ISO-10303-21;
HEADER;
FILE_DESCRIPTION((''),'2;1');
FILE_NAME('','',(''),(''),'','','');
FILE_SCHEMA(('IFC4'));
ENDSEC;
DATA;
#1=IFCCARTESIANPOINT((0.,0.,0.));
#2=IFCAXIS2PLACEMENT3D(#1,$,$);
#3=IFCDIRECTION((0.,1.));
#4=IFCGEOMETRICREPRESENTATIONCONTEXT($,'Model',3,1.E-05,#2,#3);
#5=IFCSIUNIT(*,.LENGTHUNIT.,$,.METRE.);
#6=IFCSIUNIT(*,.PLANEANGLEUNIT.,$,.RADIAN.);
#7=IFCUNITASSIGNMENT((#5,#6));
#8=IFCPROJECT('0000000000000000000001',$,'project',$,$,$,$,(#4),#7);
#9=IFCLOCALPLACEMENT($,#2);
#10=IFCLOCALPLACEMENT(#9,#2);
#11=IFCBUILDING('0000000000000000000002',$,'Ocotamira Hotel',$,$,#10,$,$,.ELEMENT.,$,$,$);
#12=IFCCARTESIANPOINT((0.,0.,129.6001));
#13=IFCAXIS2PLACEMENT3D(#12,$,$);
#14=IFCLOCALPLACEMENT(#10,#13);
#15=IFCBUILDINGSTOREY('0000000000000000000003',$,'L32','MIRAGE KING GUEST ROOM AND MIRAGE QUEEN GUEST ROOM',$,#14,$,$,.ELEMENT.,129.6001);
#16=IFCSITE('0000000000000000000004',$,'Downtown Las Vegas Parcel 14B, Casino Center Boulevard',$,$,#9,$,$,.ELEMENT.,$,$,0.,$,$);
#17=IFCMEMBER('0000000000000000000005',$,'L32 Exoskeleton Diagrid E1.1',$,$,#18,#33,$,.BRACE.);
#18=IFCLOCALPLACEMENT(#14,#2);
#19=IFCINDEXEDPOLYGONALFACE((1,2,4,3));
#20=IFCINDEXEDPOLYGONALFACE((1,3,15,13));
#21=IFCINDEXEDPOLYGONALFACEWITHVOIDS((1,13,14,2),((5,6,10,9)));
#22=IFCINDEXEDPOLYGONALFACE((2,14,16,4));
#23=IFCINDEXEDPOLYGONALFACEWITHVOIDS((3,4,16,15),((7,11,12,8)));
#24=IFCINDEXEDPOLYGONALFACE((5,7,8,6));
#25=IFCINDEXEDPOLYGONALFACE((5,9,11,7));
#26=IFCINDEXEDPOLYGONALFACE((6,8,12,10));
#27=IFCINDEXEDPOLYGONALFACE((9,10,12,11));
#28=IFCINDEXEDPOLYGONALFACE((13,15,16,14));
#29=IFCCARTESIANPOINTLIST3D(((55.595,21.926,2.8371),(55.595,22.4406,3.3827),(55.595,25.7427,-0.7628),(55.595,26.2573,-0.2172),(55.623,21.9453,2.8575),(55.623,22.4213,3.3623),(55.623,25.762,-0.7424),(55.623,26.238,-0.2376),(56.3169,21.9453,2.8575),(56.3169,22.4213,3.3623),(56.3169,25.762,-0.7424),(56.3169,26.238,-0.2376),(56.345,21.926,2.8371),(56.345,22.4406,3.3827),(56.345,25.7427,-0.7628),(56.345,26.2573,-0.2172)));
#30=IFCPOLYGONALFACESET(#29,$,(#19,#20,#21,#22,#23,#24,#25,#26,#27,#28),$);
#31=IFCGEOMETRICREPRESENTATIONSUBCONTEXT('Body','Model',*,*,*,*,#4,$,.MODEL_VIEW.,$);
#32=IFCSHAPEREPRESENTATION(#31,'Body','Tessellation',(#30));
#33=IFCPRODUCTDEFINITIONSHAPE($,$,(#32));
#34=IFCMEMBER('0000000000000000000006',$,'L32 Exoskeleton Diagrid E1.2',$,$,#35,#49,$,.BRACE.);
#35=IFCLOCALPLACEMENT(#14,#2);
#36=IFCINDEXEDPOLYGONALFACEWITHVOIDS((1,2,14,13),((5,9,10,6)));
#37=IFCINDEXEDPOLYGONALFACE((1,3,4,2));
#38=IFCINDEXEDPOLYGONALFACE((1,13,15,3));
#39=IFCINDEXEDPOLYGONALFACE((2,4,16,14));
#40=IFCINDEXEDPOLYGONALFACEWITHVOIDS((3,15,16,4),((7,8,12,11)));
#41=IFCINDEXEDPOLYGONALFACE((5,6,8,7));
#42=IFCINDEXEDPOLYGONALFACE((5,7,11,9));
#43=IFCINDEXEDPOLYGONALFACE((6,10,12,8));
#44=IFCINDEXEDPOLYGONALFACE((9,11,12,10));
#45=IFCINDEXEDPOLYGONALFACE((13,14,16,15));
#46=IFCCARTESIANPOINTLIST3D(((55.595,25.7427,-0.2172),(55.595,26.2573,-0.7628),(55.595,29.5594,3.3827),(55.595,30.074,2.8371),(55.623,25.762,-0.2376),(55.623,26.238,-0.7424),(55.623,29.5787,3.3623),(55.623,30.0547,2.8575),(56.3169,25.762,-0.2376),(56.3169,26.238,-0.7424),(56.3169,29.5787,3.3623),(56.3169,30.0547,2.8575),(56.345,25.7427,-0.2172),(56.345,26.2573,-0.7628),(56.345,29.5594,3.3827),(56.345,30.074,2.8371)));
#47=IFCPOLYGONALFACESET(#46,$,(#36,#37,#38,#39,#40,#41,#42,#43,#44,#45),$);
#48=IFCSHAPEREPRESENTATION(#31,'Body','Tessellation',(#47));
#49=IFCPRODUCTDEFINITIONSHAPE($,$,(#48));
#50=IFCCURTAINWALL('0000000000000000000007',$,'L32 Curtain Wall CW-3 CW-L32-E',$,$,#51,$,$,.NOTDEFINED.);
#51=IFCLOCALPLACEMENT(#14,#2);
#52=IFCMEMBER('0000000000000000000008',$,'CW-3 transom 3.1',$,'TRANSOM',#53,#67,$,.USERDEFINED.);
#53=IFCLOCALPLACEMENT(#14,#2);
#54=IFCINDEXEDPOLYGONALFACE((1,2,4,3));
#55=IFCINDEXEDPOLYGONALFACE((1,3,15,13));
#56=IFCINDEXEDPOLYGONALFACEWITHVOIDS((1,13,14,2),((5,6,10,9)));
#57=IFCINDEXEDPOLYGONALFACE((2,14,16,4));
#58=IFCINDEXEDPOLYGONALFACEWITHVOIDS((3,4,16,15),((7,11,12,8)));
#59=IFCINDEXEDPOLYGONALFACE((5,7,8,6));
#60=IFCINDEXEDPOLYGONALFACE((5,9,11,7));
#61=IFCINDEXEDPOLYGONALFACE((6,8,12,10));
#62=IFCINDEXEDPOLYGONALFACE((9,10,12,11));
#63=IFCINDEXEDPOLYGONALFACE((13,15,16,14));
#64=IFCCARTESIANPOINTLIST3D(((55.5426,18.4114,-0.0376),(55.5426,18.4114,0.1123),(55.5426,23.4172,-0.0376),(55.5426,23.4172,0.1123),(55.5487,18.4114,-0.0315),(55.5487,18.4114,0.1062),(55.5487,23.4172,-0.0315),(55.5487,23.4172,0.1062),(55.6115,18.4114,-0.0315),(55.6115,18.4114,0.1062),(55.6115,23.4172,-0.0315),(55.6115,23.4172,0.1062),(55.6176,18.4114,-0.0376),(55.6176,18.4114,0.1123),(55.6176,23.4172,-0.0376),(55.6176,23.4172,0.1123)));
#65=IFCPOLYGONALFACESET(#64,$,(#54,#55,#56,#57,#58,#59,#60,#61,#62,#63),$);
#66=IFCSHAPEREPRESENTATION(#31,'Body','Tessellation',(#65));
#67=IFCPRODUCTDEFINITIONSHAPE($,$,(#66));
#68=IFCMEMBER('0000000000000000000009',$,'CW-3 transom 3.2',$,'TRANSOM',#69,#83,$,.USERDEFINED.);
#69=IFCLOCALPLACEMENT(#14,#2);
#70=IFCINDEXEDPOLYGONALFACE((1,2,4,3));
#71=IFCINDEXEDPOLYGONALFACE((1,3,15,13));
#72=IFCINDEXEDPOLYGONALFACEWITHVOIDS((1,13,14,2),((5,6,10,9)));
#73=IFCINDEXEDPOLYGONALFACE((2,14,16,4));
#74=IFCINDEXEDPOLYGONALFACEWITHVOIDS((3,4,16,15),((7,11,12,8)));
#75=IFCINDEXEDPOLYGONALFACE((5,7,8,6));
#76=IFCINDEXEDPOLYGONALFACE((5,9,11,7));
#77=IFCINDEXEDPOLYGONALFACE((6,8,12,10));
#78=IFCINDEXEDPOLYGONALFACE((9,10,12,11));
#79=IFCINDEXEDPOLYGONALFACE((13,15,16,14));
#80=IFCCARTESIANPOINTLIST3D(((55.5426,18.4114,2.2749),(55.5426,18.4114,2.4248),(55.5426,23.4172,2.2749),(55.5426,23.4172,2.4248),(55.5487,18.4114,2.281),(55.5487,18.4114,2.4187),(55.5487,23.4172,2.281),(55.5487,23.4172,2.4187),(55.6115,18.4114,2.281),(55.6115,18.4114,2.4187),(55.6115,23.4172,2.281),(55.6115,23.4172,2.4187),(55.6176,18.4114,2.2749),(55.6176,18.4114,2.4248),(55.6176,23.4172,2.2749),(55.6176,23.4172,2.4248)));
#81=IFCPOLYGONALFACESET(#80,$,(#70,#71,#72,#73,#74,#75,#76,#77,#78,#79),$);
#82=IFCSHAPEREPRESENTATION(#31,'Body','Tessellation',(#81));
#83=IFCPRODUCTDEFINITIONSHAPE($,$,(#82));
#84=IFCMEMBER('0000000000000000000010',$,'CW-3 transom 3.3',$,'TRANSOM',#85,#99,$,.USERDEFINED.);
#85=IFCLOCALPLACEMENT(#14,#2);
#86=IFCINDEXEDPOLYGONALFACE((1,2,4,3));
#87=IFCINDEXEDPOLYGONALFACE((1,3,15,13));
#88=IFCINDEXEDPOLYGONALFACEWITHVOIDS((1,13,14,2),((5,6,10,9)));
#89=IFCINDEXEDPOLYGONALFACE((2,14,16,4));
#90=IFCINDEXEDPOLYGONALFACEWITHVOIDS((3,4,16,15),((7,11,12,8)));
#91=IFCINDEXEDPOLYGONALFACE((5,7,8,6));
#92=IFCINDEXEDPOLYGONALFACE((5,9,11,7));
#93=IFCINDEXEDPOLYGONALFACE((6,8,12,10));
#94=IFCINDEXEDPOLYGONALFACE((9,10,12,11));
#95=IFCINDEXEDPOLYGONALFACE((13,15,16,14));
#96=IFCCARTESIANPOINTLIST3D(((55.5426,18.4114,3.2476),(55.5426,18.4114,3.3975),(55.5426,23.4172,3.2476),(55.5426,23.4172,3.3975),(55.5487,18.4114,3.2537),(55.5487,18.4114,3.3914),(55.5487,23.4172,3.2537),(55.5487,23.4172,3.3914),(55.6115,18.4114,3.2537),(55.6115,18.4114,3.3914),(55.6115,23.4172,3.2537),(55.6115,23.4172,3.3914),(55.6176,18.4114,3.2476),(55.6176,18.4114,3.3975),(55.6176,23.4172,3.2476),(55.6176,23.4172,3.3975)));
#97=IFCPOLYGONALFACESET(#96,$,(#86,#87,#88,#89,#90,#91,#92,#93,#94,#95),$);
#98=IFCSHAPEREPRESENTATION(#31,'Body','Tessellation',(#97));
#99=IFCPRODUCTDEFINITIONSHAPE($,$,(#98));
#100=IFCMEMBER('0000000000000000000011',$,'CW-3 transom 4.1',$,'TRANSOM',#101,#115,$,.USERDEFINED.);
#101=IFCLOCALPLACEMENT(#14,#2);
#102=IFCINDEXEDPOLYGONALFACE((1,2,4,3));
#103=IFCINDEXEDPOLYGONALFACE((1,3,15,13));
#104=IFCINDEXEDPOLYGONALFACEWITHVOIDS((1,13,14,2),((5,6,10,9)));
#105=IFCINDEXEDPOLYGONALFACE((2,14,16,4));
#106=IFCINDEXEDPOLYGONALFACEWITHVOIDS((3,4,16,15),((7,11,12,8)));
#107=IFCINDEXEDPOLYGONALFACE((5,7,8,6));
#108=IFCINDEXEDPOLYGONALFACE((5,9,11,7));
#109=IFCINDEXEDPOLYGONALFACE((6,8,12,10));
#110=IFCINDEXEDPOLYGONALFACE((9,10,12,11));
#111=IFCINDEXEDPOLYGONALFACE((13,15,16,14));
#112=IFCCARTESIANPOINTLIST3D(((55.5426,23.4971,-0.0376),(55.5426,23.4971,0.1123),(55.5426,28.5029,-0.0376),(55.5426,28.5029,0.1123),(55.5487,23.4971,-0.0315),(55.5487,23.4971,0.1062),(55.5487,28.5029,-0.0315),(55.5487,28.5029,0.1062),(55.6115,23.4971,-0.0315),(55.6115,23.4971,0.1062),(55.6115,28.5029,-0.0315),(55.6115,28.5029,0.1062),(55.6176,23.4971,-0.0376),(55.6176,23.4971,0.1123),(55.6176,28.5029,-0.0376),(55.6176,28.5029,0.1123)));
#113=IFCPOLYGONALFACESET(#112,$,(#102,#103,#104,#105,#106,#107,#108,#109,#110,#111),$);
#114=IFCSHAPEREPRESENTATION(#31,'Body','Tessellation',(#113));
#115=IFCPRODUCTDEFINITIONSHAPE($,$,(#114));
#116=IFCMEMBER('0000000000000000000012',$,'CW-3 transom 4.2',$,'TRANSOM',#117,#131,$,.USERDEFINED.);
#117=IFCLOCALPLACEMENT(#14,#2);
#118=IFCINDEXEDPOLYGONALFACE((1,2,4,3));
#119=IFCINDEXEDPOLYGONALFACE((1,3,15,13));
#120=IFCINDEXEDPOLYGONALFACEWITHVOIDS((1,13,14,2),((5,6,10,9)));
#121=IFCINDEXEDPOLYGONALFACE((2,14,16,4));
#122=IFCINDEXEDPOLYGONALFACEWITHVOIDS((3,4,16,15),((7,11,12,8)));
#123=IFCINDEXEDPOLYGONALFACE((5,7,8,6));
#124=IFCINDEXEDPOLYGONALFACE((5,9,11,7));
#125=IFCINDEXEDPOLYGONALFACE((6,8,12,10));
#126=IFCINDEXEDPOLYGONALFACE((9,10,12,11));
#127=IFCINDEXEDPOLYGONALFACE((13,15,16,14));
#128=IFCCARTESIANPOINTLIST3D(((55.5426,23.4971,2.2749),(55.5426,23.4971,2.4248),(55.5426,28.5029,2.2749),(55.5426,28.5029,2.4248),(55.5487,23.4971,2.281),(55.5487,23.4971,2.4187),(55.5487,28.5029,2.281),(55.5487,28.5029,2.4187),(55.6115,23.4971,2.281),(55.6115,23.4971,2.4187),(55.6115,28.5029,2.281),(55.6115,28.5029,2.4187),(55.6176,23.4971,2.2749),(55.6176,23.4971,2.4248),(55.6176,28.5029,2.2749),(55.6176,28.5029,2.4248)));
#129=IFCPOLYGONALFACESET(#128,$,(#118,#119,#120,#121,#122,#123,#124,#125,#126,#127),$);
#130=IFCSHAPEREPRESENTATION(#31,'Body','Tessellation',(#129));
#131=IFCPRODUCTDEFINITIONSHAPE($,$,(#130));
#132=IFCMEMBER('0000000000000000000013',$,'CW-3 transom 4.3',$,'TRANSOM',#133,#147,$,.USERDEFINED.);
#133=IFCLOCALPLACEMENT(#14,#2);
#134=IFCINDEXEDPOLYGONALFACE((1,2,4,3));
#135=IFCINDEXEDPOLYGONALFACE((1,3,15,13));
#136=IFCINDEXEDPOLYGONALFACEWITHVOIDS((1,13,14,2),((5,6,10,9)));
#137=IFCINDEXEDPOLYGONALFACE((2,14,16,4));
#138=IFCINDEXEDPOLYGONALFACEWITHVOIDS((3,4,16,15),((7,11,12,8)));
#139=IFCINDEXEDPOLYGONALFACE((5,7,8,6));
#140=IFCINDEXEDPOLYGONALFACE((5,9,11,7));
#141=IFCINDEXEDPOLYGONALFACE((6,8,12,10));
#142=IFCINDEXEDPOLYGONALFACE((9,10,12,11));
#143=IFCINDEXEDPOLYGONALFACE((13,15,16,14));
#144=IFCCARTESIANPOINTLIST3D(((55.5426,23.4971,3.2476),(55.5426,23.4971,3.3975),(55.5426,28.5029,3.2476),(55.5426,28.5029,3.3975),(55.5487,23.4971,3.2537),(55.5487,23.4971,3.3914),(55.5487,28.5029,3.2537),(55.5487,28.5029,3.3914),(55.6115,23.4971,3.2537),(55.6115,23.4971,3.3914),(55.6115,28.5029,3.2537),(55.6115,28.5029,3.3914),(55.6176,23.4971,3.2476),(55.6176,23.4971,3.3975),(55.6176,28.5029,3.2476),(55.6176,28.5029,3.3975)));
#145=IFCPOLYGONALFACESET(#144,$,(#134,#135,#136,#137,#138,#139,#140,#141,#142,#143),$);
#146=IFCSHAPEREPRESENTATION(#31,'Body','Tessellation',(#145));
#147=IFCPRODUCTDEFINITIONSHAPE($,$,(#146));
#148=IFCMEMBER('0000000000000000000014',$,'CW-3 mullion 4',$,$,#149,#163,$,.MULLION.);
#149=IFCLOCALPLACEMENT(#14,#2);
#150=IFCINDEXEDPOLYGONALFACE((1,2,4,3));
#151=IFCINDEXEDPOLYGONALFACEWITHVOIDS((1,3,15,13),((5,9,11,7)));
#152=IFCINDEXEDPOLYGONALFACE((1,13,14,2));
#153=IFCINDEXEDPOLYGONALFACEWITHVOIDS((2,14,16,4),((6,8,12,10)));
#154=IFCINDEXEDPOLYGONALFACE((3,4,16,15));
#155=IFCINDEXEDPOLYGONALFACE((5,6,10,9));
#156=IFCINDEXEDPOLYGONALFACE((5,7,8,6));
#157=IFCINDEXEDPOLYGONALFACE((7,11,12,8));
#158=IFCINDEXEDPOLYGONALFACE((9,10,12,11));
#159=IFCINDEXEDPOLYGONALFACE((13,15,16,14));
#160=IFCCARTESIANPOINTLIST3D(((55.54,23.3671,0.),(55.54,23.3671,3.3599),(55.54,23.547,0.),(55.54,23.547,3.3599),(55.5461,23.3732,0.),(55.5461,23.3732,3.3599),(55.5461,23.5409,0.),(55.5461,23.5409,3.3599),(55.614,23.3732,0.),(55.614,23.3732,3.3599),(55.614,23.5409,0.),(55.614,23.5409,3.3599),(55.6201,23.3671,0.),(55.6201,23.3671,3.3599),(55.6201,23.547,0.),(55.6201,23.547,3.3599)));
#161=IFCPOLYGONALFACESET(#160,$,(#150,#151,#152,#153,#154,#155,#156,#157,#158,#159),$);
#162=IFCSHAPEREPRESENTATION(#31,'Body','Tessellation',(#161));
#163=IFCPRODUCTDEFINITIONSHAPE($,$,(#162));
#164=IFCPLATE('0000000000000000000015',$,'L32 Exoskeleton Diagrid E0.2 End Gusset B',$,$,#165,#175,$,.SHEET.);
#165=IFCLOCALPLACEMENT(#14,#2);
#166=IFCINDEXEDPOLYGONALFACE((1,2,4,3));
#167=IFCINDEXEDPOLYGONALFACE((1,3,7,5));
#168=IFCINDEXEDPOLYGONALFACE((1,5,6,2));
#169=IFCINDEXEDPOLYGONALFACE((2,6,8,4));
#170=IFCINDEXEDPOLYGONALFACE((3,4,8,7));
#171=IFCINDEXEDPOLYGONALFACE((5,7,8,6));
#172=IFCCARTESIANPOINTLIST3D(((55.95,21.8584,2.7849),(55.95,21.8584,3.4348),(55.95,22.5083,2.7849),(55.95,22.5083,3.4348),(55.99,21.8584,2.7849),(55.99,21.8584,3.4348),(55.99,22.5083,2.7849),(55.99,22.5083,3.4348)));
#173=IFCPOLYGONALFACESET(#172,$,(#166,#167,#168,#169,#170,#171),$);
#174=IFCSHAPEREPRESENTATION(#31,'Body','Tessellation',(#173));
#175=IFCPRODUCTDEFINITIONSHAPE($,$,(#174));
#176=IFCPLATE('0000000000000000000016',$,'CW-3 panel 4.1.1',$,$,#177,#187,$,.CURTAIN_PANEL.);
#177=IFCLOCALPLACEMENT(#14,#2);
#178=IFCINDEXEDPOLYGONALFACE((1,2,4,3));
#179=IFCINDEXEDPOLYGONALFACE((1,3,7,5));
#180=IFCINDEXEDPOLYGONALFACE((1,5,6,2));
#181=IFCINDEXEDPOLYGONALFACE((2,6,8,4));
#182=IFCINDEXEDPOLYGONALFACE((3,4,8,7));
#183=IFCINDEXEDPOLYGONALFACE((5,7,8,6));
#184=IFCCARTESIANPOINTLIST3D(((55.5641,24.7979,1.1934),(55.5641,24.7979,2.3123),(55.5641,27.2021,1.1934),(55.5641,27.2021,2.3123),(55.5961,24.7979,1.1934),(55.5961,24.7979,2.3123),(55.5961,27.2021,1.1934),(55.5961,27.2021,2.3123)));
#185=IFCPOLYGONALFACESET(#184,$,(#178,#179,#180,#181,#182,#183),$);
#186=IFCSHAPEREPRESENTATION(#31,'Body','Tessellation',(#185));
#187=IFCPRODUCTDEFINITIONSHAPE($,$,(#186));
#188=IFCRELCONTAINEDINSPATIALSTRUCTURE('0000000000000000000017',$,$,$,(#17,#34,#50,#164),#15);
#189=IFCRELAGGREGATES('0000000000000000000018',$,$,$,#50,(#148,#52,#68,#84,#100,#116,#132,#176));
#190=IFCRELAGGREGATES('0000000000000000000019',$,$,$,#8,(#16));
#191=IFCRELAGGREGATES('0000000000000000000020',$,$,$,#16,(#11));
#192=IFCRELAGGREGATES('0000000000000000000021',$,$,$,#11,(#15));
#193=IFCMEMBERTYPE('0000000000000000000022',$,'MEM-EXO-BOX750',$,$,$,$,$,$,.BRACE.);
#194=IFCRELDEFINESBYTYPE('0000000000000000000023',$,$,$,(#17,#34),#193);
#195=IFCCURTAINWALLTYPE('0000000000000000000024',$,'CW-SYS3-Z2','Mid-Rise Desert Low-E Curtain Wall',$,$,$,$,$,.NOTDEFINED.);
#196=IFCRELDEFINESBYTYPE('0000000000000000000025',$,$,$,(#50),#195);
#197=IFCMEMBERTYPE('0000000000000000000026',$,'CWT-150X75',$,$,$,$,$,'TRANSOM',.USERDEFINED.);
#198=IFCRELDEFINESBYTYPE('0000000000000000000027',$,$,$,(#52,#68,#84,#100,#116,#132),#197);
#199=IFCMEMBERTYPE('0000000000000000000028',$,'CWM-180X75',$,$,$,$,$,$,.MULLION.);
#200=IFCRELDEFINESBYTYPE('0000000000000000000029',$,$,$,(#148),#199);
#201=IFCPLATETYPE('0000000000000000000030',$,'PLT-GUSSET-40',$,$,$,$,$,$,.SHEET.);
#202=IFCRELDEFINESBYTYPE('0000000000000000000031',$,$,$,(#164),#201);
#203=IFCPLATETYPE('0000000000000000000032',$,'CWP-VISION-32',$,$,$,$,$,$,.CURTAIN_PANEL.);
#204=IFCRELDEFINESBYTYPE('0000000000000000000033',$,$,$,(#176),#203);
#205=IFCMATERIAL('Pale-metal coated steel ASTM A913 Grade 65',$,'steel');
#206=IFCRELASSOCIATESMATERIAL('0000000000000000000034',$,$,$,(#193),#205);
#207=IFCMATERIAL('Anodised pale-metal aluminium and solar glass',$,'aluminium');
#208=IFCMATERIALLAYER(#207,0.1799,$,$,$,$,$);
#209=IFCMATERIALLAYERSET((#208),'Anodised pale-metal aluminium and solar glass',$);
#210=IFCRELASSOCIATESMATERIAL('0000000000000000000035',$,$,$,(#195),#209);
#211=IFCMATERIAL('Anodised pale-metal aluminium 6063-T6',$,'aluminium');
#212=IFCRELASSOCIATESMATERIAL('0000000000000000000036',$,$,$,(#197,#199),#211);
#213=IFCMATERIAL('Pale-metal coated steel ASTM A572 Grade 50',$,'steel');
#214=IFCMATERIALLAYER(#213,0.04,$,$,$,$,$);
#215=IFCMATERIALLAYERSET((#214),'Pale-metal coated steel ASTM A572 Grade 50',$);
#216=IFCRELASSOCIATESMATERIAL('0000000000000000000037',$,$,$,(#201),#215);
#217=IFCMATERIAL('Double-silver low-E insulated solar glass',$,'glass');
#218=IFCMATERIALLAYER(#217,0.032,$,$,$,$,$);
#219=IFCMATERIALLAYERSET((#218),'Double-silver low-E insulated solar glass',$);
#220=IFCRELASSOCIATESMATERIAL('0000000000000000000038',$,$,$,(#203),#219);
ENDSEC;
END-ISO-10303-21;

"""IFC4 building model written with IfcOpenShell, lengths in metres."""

from ifc_helpers import new_model, si_unit, direction, frame, origin, origin_2d, place, context, subcontext, project, spatial, rectangle, hollow_rectangle, extrude, source, transform, mapped, material, layer, layer_set, material_profile, profile_set, type_object, element, aggregate, save


model = new_model("IFC4")

# Units and contexts
model_context = context("Model", 3, precision=1e-05, world=origin(), true_north=direction((0.0, 1.0)))
body_context = subcontext(model_context, "Body", "Model", "MODEL_VIEW")
ifc_project = project(units=[si_unit("LENGTHUNIT", "METRE"), si_unit("PLANEANGLEUNIT", "RADIAN")], contexts=[model_context])

# Site, building, storey
site_placement = place(None, origin())
site = spatial("IfcSite", under=ifc_project, at=site_placement, Name="Downtown Las Vegas Parcel 14B, Casino Center Boulevard", CompositionType="ELEMENT", RefElevation=0.0)
building_placement = place(site_placement, origin())
building = spatial("IfcBuilding", under=site, at=building_placement, Name="Ocotamira Hotel", CompositionType="ELEMENT")
storey_placement = place(building_placement, frame((0.0, 0.0, 129.6001)))
storey = spatial("IfcBuildingStorey", under=building, at=storey_placement, Name="L32", Description="MIRAGE KING GUEST ROOM AND MIRAGE QUEEN GUEST ROOM", CompositionType="ELEMENT", Elevation=129.6001)

# Members
ifc_material_1 = material(Name="Pale-metal coated steel ASTM A913 Grade 65", Category="steel")
ifc_material_profile_1 = material_profile(ifc_material_1, hollow_rectangle(XDim=0.75, YDim=0.75, WallThickness=0.0281, at=origin_2d()), Name="BOX750X750X28")
ifc_profile_set_1 = profile_set([ifc_material_profile_1], Name="Pale-metal coated steel ASTM A913 Grade 65")
member_type_1 = type_object("IfcMemberType", Name="MEM-EXO-BOX750", PredefinedType="BRACE", material=ifc_profile_set_1)
shared_shape_1 = source(origin(), body_context, "Body", "SweptSolid", [
    extrude(hollow_rectangle(XDim=0.75, YDim=0.75, WallThickness=0.0281, at=origin_2d()), origin(), (0.0, 0.0, 1.0), 5.2466),
])
for number, where, z_axis, x_axis, name in (
    (1, (55.97, 26.0, -0.49), (0.0, -0.727466, 0.686144), (1.0, 0.0, 0.0), "L32 Exoskeleton Diagrid E1.1"),
    (2, (55.97, 26.0, -0.49), (0.0, 0.727466, 0.686144), (-1.0, 0.0, 0.0), "L32 Exoskeleton Diagrid E1.2"),
):
    element("IfcMember", number, at=place(storey_placement, frame(where, z_axis=z_axis, x_axis=x_axis)), inside=storey, type_object=member_type_1, Name=name, PredefinedType="BRACE", context=body_context, shape_type="MappedRepresentation", body=[
        mapped(shared_shape_1, transform((0.0, 0.0, 0.0), scale=1.0)),
    ])

# Curtain wall, members
ifc_material_2 = material(Name="Anodised pale-metal aluminium and solar glass", Category="aluminium")
ifc_layer_1 = layer(ifc_material_2, 0.1799)
ifc_layer_set_1 = layer_set([ifc_layer_1], Name="Anodised pale-metal aluminium and solar glass")
curtain_wall_type = type_object("IfcCurtainWallType", Name="CW-SYS3-Z2", Description="Mid-Rise Desert Low-E Curtain Wall", PredefinedType="NOTDEFINED", material=ifc_layer_set_1)
curtain_wall_placement = place(storey_placement, origin())
curtain_wall = element("IfcCurtainWall", 3, at=curtain_wall_placement, inside=storey, type_object=curtain_wall_type, Name="L32 Curtain Wall CW-3 CW-L32-E", PredefinedType="NOTDEFINED")
ifc_material_3 = material(Name="Anodised pale-metal aluminium 6063-T6", Category="aluminium")
ifc_material_profile_2 = material_profile(ifc_material_3, hollow_rectangle(XDim=0.075, YDim=0.1499, WallThickness=0.0061, at=origin_2d()), Name="HSS150X75X6")
ifc_profile_set_2 = profile_set([ifc_material_profile_2], Name="Anodised pale-metal aluminium 6063-T6")
member_type_2 = type_object("IfcMemberType", Name="CWT-150X75", ElementType="TRANSOM", PredefinedType="USERDEFINED", material=ifc_profile_set_2)
shared_shape_2 = source(origin(), body_context, "Body", "SweptSolid", [
    extrude(hollow_rectangle(XDim=0.075, YDim=0.1499, WallThickness=0.0061, at=origin_2d()), origin(), (0.0, 0.0, 1.0), 5.0059),
])
member_1_placement = place(storey_placement, frame((55.5801, 18.4114, 0.0374), z_axis=(0.0, 1.0, 0.0), x_axis=(-1.0, 0.0, 0.0)))
member_1 = element("IfcMember", 4, at=member_1_placement, type_object=member_type_2, Name="CW-3 transom 3.1", ObjectType="TRANSOM", PredefinedType="USERDEFINED", context=body_context, shape_type="MappedRepresentation", body=[
    mapped(shared_shape_2, transform((0.0, 0.0, 0.0), scale=1.0)),
])
member_2_placement = place(storey_placement, frame((55.5801, 18.4114, 2.3499), z_axis=(0.0, 1.0, 0.0), x_axis=(-1.0, 0.0, 0.0)))
member_2 = element("IfcMember", 5, at=member_2_placement, type_object=member_type_2, Name="CW-3 transom 3.2", ObjectType="TRANSOM", PredefinedType="USERDEFINED", context=body_context, shape_type="MappedRepresentation", body=[
    mapped(shared_shape_2, transform((0.0, 0.0, 0.0), scale=1.0)),
])
member_3_placement = place(storey_placement, frame((55.5801, 18.4114, 3.3225), z_axis=(0.0, 1.0, 0.0), x_axis=(-1.0, 0.0, 0.0)))
member_3 = element("IfcMember", 6, at=member_3_placement, type_object=member_type_2, Name="CW-3 transom 3.3", ObjectType="TRANSOM", PredefinedType="USERDEFINED", context=body_context, shape_type="MappedRepresentation", body=[
    mapped(shared_shape_2, transform((0.0, 0.0, 0.0), scale=1.0)),
])
member_4_placement = place(storey_placement, frame((55.5801, 23.4971, 0.0374), z_axis=(0.0, 1.0, 0.0), x_axis=(-1.0, 0.0, 0.0)))
member_4 = element("IfcMember", 7, at=member_4_placement, type_object=member_type_2, Name="CW-3 transom 4.1", ObjectType="TRANSOM", PredefinedType="USERDEFINED", context=body_context, shape_type="MappedRepresentation", body=[
    mapped(shared_shape_2, transform((0.0, 0.0, 0.0), scale=1.0)),
])
member_5_placement = place(storey_placement, frame((55.5801, 23.4971, 2.3499), z_axis=(0.0, 1.0, 0.0), x_axis=(-1.0, 0.0, 0.0)))
member_5 = element("IfcMember", 8, at=member_5_placement, type_object=member_type_2, Name="CW-3 transom 4.2", ObjectType="TRANSOM", PredefinedType="USERDEFINED", context=body_context, shape_type="MappedRepresentation", body=[
    mapped(shared_shape_2, transform((0.0, 0.0, 0.0), scale=1.0)),
])
member_6_placement = place(storey_placement, frame((55.5801, 23.4971, 3.3225), z_axis=(0.0, 1.0, 0.0), x_axis=(-1.0, 0.0, 0.0)))
member_6 = element("IfcMember", 9, at=member_6_placement, type_object=member_type_2, Name="CW-3 transom 4.3", ObjectType="TRANSOM", PredefinedType="USERDEFINED", context=body_context, shape_type="MappedRepresentation", body=[
    mapped(shared_shape_2, transform((0.0, 0.0, 0.0), scale=1.0)),
])
ifc_material_profile_3 = material_profile(ifc_material_3, hollow_rectangle(XDim=0.0801, YDim=0.1799, WallThickness=0.0061, at=origin_2d()), Name="HSS180X80X6")
ifc_profile_set_3 = profile_set([ifc_material_profile_3], Name="Anodised pale-metal aluminium 6063-T6")
member_type_3 = type_object("IfcMemberType", Name="CWM-180X75", PredefinedType="MULLION", material=ifc_profile_set_3)
shared_shape_3 = source(origin(), body_context, "Body", "SweptSolid", [
    extrude(hollow_rectangle(XDim=0.0801, YDim=0.1799, WallThickness=0.0061, at=origin_2d()), origin(), (0.0, 0.0, 1.0), 3.3599),
])
member_7_placement = place(storey_placement, frame((55.5801, 23.457, 0.0), z_axis=(0.0, 0.0, 1.0), x_axis=(-1.0, 0.0, 0.0)))
member_7 = element("IfcMember", 10, at=member_7_placement, type_object=member_type_3, Name="CW-3 mullion 4", PredefinedType="MULLION", context=body_context, shape_type="MappedRepresentation", body=[
    mapped(shared_shape_3, transform((0.0, 0.0, 0.0), scale=1.0)),
])

# Plates
ifc_material_4 = material(Name="Pale-metal coated steel ASTM A572 Grade 50", Category="steel")
ifc_layer_2 = layer(ifc_material_4, 0.04)
ifc_layer_set_2 = layer_set([ifc_layer_2], Name="Pale-metal coated steel ASTM A572 Grade 50")
plate_type_1 = type_object("IfcPlateType", Name="PLT-GUSSET-40", PredefinedType="SHEET", material=ifc_layer_set_2)
shared_shape_4 = source(origin(), body_context, "Body", "SweptSolid", [
    extrude(rectangle(XDim=0.04, YDim=0.6499, at=origin_2d()), origin(), (0.0, 0.0, 1.0), 0.6499),
])
plate_1_placement = place(storey_placement, frame((55.97, 22.1833, 2.7849), z_axis=(0.0, 0.0, 1.0), x_axis=(1.0, 0.0, 0.0)))
element("IfcPlate", 11, at=plate_1_placement, inside=storey, type_object=plate_type_1, Name="L32 Exoskeleton Diagrid E0.2 End Gusset B", PredefinedType="SHEET", context=body_context, shape_type="MappedRepresentation", body=[
    mapped(shared_shape_4, transform((0.0, 0.0, 0.0), scale=1.0)),
])
ifc_material_5 = material(Name="Double-silver low-E insulated solar glass", Category="glass")
ifc_layer_3 = layer(ifc_material_5, 0.032)
ifc_layer_set_3 = layer_set([ifc_layer_3], Name="Double-silver low-E insulated solar glass")
plate_type_2 = type_object("IfcPlateType", Name="CWP-VISION-32", PredefinedType="CURTAIN_PANEL", material=ifc_layer_set_3)
shared_shape_5 = source(origin(), body_context, "Body", "SweptSolid", [
    extrude(rectangle(XDim=2.4043, YDim=0.032, at=origin_2d()), origin(), (0.0, 0.0, 1.0), 1.1189),
])
plate_2_placement = place(storey_placement, frame((55.5801, 26.0, 1.1934), z_axis=(0.0, 0.0, 1.0), x_axis=(0.0, 1.0, 0.0)))
plate_2 = element("IfcPlate", 12, at=plate_2_placement, type_object=plate_type_2, Name="CW-3 panel 4.1.1", PredefinedType="CURTAIN_PANEL", context=body_context, shape_type="MappedRepresentation", body=[
    mapped(shared_shape_5, transform((0.0, 0.0, 0.0), scale=1.0)),
])
aggregate(curtain_wall, [member_7, member_1, member_2, member_3, member_4, member_5, member_6, plate_2])

save(model, "model.ifc")
